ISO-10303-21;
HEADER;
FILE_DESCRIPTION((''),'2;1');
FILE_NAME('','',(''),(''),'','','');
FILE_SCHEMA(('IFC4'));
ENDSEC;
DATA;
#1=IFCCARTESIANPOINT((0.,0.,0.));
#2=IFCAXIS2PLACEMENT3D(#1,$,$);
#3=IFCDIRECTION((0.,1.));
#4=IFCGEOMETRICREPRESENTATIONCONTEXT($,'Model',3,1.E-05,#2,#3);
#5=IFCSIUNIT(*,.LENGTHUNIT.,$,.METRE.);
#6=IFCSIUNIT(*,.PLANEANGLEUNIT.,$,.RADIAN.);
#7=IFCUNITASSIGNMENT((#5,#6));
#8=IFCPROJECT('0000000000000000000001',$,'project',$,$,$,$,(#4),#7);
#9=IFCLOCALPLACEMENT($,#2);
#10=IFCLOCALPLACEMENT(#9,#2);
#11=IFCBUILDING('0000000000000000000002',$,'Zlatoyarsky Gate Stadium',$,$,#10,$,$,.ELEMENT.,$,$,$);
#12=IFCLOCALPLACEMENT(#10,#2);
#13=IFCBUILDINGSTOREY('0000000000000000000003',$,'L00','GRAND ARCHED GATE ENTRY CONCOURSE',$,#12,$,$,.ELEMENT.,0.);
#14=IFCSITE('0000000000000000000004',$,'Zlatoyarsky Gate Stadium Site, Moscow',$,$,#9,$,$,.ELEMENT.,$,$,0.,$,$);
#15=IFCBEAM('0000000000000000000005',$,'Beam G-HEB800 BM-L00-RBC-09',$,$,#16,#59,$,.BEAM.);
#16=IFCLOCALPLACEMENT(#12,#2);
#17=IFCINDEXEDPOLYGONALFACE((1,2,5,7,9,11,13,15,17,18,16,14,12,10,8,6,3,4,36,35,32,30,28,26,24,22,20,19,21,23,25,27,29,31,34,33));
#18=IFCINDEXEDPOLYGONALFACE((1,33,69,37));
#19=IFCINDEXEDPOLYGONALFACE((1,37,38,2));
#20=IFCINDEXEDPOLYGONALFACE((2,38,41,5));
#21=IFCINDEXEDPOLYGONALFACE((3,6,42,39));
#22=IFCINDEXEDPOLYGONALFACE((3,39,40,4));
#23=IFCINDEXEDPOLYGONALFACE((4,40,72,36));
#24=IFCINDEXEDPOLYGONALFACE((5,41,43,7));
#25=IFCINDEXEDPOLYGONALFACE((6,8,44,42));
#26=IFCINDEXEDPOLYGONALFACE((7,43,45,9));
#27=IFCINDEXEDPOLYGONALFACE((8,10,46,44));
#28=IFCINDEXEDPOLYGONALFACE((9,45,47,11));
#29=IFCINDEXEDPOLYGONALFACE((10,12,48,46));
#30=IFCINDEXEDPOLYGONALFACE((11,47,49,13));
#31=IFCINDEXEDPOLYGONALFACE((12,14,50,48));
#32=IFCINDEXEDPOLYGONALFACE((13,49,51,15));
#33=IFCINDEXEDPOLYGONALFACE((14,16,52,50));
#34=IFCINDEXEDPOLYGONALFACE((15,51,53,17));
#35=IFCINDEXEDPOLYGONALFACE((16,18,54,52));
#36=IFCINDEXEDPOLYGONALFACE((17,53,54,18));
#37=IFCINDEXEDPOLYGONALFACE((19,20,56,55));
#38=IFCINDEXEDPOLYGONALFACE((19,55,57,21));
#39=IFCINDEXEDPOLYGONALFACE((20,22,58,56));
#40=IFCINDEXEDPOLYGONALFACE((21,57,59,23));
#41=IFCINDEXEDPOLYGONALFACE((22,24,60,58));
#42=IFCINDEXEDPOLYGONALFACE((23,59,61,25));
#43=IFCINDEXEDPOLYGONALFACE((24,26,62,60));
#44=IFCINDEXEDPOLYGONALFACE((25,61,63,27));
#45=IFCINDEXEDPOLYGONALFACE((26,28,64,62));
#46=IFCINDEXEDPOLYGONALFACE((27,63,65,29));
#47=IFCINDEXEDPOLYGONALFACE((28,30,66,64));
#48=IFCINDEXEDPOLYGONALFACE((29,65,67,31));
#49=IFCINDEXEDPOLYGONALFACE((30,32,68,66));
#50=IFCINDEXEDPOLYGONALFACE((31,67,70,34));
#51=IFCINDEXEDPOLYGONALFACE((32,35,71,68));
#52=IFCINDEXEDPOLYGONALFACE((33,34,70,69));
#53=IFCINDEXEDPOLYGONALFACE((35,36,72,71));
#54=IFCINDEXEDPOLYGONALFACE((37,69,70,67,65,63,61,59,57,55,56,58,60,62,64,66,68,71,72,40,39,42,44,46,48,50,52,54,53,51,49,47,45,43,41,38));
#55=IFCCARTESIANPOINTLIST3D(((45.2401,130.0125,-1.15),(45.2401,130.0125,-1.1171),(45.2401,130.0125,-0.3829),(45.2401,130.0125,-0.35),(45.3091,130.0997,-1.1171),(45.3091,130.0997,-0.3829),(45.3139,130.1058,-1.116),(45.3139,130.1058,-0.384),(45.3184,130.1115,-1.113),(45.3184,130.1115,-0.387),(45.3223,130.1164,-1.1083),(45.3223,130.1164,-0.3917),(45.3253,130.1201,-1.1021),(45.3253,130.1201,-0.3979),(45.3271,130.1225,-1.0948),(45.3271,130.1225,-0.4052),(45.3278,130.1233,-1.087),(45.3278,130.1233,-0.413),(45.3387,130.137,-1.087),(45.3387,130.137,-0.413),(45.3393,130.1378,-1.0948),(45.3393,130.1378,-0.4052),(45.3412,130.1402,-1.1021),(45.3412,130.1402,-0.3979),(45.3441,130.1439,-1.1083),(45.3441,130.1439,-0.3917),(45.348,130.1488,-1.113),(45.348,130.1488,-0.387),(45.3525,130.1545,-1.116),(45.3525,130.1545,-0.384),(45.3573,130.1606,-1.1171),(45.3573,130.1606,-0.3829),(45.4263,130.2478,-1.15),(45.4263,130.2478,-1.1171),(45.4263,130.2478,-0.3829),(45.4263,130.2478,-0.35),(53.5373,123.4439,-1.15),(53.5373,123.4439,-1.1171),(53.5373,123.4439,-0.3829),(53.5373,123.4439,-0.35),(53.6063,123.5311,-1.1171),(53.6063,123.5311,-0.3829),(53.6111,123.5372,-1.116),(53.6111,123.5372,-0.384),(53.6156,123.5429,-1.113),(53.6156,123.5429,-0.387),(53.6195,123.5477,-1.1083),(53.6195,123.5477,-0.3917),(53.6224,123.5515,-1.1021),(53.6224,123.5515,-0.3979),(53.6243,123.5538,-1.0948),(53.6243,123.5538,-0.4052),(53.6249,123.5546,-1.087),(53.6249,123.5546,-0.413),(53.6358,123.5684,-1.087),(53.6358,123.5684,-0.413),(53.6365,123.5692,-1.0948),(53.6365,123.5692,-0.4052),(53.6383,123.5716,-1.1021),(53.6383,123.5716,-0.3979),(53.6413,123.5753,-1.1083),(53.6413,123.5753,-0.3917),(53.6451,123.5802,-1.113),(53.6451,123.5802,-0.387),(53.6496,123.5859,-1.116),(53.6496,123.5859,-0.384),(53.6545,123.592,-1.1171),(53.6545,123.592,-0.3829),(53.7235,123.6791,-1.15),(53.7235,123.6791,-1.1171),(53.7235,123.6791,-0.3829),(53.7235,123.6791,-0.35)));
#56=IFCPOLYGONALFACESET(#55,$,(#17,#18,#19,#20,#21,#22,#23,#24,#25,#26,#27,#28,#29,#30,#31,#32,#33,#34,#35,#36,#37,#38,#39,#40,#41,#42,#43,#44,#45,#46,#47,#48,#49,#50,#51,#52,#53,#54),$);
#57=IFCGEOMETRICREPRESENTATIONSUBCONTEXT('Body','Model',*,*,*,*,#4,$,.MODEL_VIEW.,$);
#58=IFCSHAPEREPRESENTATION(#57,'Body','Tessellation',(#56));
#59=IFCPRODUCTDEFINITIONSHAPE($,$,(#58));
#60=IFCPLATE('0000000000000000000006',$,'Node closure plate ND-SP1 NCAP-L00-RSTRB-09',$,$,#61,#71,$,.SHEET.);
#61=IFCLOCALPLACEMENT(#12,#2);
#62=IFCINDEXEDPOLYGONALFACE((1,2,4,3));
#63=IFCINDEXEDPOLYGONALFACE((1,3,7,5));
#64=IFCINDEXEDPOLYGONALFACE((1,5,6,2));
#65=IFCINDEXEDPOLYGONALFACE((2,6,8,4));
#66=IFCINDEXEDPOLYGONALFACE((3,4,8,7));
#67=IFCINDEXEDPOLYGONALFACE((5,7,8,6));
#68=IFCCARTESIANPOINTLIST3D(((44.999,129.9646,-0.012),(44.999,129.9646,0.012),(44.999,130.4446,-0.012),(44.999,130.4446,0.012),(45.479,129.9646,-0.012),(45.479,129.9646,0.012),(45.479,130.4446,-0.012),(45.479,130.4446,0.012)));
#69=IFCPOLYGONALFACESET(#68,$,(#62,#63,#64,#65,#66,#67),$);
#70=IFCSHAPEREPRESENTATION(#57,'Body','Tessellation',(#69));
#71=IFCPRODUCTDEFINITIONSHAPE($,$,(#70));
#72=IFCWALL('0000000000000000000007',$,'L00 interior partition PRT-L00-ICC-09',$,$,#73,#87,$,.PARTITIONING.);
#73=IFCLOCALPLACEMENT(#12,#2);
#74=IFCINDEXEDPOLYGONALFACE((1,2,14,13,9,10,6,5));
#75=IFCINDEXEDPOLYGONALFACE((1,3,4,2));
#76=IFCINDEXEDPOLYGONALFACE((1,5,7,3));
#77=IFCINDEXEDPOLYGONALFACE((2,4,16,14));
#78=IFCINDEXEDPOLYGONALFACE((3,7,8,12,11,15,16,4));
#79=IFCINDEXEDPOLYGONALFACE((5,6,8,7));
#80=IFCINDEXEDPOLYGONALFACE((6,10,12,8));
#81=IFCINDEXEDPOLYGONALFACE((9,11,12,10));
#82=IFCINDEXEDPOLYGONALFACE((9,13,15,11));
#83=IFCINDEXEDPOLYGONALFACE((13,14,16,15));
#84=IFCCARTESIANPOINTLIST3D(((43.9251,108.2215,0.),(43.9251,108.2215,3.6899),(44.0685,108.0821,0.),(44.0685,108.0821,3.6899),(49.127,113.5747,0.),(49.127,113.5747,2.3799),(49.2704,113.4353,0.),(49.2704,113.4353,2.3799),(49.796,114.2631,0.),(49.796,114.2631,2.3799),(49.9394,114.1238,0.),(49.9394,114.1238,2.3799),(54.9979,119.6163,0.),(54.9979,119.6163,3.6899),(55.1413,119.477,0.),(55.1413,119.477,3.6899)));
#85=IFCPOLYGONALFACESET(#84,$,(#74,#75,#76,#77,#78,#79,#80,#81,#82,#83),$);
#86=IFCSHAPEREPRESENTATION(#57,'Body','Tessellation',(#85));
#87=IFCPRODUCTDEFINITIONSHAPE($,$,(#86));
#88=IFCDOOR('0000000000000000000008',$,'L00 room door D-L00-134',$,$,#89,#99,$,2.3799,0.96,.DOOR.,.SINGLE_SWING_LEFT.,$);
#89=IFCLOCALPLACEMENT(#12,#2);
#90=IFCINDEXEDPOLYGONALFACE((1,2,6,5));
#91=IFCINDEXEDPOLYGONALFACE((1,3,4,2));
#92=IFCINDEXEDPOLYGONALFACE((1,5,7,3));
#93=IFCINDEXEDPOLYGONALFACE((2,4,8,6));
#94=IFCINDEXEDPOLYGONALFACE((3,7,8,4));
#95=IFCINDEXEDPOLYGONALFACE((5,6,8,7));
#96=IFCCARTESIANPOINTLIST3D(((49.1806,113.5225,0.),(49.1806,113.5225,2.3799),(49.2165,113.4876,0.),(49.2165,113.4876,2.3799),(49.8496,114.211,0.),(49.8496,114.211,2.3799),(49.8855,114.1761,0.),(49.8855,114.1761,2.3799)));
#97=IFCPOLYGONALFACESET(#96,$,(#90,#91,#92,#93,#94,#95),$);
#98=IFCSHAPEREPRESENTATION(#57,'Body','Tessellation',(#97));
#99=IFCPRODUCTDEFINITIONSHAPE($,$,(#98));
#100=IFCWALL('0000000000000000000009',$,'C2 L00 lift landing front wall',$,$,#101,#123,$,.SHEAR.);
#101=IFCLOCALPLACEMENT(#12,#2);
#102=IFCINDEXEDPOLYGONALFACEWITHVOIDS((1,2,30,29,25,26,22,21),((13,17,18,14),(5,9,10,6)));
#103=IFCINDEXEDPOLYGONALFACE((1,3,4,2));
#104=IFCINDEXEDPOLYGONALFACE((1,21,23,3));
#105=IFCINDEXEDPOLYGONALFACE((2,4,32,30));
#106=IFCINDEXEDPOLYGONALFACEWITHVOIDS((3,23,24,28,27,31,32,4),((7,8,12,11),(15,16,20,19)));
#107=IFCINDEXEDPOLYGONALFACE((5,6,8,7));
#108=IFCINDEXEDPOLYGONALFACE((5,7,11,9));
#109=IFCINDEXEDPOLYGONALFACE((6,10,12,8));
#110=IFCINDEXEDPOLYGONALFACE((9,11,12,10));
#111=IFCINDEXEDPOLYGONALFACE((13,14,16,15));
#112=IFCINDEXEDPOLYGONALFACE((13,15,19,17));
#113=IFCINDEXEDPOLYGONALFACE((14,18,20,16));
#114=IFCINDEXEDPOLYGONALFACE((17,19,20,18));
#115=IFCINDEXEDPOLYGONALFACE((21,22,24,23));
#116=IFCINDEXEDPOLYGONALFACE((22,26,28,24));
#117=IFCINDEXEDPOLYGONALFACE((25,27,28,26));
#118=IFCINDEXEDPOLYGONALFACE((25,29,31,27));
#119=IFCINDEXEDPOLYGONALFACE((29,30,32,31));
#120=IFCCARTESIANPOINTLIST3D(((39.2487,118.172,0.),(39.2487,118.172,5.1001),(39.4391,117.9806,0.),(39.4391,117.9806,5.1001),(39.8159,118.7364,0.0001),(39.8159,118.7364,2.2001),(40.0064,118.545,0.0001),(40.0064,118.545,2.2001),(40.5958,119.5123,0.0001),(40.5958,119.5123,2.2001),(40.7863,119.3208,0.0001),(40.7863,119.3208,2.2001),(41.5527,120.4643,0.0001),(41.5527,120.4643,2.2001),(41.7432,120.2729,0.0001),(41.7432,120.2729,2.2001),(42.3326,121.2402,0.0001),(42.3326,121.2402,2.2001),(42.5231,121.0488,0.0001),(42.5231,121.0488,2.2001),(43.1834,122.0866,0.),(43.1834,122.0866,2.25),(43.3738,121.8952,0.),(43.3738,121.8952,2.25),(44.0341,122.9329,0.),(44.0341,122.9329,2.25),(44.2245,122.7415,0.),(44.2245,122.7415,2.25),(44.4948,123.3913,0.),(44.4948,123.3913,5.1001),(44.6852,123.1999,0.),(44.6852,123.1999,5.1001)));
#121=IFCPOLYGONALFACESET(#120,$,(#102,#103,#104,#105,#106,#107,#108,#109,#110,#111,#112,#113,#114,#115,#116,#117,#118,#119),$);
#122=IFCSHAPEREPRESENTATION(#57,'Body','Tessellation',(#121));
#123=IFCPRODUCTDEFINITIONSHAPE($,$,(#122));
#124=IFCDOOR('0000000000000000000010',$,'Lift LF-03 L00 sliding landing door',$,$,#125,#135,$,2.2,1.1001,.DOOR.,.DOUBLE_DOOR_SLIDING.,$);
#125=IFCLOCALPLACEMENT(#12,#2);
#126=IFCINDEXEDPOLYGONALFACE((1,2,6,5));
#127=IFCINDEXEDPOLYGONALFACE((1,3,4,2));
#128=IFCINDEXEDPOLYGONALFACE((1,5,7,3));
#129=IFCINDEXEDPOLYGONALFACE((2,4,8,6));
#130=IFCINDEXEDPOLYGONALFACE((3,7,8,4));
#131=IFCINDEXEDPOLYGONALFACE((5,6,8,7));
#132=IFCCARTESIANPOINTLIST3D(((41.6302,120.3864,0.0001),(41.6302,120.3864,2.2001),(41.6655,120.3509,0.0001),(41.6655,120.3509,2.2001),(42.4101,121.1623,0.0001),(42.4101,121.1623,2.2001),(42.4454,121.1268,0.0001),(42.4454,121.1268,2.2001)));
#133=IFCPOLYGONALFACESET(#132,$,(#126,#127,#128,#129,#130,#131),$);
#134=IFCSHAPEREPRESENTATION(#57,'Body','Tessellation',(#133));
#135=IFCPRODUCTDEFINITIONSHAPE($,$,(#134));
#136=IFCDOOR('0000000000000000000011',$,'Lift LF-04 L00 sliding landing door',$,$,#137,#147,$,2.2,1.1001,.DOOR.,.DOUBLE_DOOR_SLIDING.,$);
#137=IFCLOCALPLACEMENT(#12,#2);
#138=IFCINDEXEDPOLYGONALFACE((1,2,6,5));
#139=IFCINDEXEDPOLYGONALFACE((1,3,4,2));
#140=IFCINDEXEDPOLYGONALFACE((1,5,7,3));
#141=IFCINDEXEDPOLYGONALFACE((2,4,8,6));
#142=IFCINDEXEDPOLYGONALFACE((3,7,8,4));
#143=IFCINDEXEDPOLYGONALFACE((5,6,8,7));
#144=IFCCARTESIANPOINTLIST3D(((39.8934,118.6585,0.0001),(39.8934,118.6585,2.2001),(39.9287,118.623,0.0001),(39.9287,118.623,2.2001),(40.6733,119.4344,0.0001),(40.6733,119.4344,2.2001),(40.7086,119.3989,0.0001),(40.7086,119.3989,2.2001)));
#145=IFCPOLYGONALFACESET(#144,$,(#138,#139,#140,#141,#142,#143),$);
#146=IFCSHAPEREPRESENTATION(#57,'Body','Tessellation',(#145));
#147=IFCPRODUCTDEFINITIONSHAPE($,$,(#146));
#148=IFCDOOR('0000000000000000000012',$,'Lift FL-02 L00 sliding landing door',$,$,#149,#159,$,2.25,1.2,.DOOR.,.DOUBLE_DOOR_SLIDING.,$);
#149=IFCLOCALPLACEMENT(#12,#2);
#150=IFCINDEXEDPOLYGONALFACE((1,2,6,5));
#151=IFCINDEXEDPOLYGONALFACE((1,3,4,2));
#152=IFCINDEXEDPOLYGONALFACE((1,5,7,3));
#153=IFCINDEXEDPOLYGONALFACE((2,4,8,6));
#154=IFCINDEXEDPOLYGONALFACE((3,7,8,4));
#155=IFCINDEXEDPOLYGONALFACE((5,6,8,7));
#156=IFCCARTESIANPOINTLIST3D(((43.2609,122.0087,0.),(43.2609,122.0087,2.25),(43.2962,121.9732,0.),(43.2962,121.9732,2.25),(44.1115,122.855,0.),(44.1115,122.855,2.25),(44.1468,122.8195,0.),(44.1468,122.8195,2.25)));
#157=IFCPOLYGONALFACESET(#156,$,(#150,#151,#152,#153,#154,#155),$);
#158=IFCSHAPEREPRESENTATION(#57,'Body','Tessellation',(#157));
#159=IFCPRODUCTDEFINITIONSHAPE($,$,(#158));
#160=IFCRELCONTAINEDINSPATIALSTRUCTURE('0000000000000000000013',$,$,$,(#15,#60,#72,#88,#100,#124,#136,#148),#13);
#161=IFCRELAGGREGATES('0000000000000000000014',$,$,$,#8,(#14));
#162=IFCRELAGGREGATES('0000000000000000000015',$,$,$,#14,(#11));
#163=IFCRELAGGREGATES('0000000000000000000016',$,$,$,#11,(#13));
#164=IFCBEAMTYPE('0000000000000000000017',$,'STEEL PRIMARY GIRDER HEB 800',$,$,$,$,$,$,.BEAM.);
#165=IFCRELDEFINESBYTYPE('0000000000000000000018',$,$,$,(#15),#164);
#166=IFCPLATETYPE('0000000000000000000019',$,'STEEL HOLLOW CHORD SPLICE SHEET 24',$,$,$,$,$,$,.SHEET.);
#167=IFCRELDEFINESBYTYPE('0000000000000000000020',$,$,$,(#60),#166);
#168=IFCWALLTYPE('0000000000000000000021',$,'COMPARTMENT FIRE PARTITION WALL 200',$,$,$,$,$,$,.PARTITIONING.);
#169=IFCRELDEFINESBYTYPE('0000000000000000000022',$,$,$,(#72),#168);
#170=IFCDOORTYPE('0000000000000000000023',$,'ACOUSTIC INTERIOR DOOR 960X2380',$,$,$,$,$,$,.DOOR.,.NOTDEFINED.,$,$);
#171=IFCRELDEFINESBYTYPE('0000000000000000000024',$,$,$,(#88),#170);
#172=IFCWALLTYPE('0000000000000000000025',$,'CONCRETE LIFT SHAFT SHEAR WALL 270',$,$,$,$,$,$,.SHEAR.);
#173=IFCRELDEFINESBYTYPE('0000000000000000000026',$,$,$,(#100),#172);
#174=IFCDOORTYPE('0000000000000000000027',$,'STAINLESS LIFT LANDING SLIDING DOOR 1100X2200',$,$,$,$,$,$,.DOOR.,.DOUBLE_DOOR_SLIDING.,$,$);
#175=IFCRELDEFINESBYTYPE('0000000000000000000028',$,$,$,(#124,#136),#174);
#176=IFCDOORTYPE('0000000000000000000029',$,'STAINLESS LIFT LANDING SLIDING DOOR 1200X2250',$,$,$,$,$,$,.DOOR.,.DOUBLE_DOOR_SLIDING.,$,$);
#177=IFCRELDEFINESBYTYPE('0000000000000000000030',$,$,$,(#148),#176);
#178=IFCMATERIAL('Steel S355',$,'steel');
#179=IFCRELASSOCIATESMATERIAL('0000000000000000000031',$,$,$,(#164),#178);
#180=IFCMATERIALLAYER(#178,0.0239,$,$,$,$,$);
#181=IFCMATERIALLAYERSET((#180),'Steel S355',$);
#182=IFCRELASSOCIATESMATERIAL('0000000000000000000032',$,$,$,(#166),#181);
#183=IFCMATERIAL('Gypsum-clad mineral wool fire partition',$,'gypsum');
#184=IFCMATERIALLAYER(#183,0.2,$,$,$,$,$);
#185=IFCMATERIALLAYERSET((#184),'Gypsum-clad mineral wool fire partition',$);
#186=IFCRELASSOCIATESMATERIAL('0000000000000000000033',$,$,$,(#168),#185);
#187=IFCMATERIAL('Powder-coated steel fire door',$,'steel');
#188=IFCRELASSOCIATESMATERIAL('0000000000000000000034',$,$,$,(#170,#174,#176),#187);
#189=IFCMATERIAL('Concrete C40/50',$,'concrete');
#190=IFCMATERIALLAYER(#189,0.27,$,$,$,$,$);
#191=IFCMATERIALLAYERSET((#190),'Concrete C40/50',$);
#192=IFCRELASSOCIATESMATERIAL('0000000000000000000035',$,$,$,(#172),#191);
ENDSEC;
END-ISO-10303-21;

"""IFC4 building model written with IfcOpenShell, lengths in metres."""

from ifc_helpers import new_model, si_unit, direction, frame, frame_2d, origin, origin_2d, place, context, subcontext, project, spatial, rectangle, i_section, extrude, material, layer, layer_set, material_profile, profile_set, type_object, element, fill, save


model = new_model("IFC4")

# Units and contexts
model_context = context("Model", 3, precision=1e-05, world=origin(), true_north=direction((0.0, 1.0)))
body_context = subcontext(model_context, "Body", "Model", "MODEL_VIEW")
ifc_project = project(units=[si_unit("LENGTHUNIT", "METRE"), si_unit("PLANEANGLEUNIT", "RADIAN")], contexts=[model_context])

# Site, building, storey
site_placement = place(None, origin())
site = spatial("IfcSite", under=ifc_project, at=site_placement, Name="Zlatoyarsky Gate Stadium Site, Moscow", CompositionType="ELEMENT", RefElevation=0.0)
building_placement = place(site_placement, origin())
building = spatial("IfcBuilding", under=site, at=building_placement, Name="Zlatoyarsky Gate Stadium", CompositionType="ELEMENT")
storey_placement = place(building_placement, origin())
storey = spatial("IfcBuildingStorey", under=building, at=storey_placement, Name="L00", Description="GRAND ARCHED GATE ENTRY CONCOURSE", CompositionType="ELEMENT", Elevation=0.0)

# Shared definitions
ifc_material_1 = material(Name="Concrete C40/50", Category="concrete")

# Shared definitions
ifc_material_2 = material(Name="Steel S355", Category="steel")

# Beam
ifc_material_profile_1 = material_profile(ifc_material_2, i_section(OverallWidth=0.3, OverallDepth=0.8, WebThickness=0.0176, FlangeThickness=0.033, FilletRadius=0.03, at=origin_2d()), Name="HEB 800")
ifc_profile_set_1 = profile_set([ifc_material_profile_1], Name="Steel S355")
beam_type_1 = type_object("IfcBeamType", Name="STEEL PRIMARY GIRDER HEB 800", PredefinedType="BEAM", material=ifc_profile_set_1)
beam_1_placement = place(storey_placement, frame((53.6304, 123.5615, -0.75), z_axis=(-0.784043, 0.620706, 0.0), x_axis=(-0.620706, -0.784043, 0.0)))
element("IfcBeam", 1, at=beam_1_placement, inside=storey, type_object=beam_type_1, Name="Beam G-HEB800 BM-L00-RBC-09", PredefinedType="BEAM", context=body_context, shape_type="SweptSolid", body=[
    extrude(i_section(OverallWidth=0.3, OverallDepth=0.8, WebThickness=0.0176, FlangeThickness=0.033, FilletRadius=0.03, at=origin_2d()), origin(), (0.0, 0.0, 1.0), 10.5825),
])

# Plate
ifc_layer_1 = layer(ifc_material_2, 0.0239)
ifc_layer_set_1 = layer_set([ifc_layer_1], Name="Steel S355")
plate_type = type_object("IfcPlateType", Name="STEEL HOLLOW CHORD SPLICE SHEET 24", PredefinedType="SHEET", material=ifc_layer_set_1)
plate_placement = place(storey_placement, frame((45.239, 130.2046, -0.012), z_axis=(0.0, 0.0, 1.0), x_axis=(1.0, 0.0, 0.0)))
element("IfcPlate", 2, at=plate_placement, inside=storey, type_object=plate_type, Name="Node closure plate ND-SP1 NCAP-L00-RSTRB-09", PredefinedType="SHEET", context=body_context, shape_type="SweptSolid", body=[
    extrude(rectangle(XDim=0.48, YDim=0.48, at=origin_2d()), origin(), (0.0, 0.0, 1.0), 0.0239),
])

# Wall, opening, door
ifc_material_3 = material(Name="Gypsum-clad mineral wool fire partition", Category="gypsum")
ifc_layer_2 = layer(ifc_material_3, 0.2)
ifc_layer_set_2 = layer_set([ifc_layer_2], Name="Gypsum-clad mineral wool fire partition")
wall_type_1 = type_object("IfcWallType", Name="COMPARTMENT FIRE PARTITION WALL 200", PredefinedType="PARTITIONING", material=ifc_layer_set_2)
wall_1_placement = place(storey_placement, frame((55.0696, 119.5466, 0.0), z_axis=(0.0, 0.0, 1.0), x_axis=(-0.6969, -0.717168, 0.0)))
wall_1 = element("IfcWall", 3, at=wall_1_placement, inside=storey, type_object=wall_type_1, Name="L00 interior partition PRT-L00-ICC-09", PredefinedType="PARTITIONING", context=body_context, shape_type="SweptSolid", body=[
    extrude(rectangle(XDim=15.8887, YDim=0.2, at=frame_2d((7.9443, 0.0))), origin(), (0.0, 0.0, 1.0), 3.6899),
])
opening_1_placement = place(wall_1_placement, frame((7.4644, 0.0, 0.0)))
opening_1 = element("IfcOpeningElement", 4, at=opening_1_placement, cuts=wall_1, PredefinedType="OPENING", context=body_context, shape_type="SweptSolid", body=[
    extrude(rectangle(XDim=0.96, YDim=2.3799, at=frame_2d((0.48, 1.1899))), frame((0.0, 0.1099, 0.0), z_axis=(0.0, -1.0, 0.0), x_axis=(1.0, 0.0, 0.0)), (0.0, 0.0, 1.0), 0.22),
])
ifc_material_4 = material(Name="Powder-coated steel fire door", Category="steel")
door_type_1 = type_object("IfcDoorType", Name="ACOUSTIC INTERIOR DOOR 960X2380", OperationType="NOTDEFINED", PredefinedType="DOOR", material=ifc_material_4)
door_1_placement = place(opening_1_placement, origin())
door_1 = element("IfcDoor", 5, at=door_1_placement, inside=storey, type_object=door_type_1, Name="L00 room door D-L00-134", OperationType="SINGLE_SWING_LEFT", OverallHeight=2.3799, OverallWidth=0.96, PredefinedType="DOOR", context=body_context, shape_type="SweptSolid", body=[
    extrude(rectangle(XDim=0.96, YDim=2.3799, at=frame_2d((0.48, 1.1899))), frame((0.0, 0.0249, 0.0), z_axis=(0.0, -1.0, 0.0), x_axis=(1.0, 0.0, 0.0)), (0.0, 0.0, 1.0), 0.05),
])
fill(opening_1, door_1)

# Wall, openings, doors
ifc_layer_3 = layer(ifc_material_1, 0.27)
ifc_layer_set_3 = layer_set([ifc_layer_3], Name="Concrete C40/50")
wall_type_2 = type_object("IfcWallType", Name="CONCRETE LIFT SHAFT SHEAR WALL 270", PredefinedType="SHEAR", material=ifc_layer_set_3)
wall_2_placement = place(storey_placement, frame((44.5901, 123.2957, 0.0), z_axis=(0.0, 0.0, 1.0), x_axis=(-0.708919, -0.70529, 0.0)))
wall_2 = element("IfcWall", 6, at=wall_2_placement, inside=storey, type_object=wall_type_2, Name="C2 L00 lift landing front wall", PredefinedType="SHEAR", context=body_context, shape_type="SweptSolid", body=[
    extrude(rectangle(XDim=7.4001, YDim=0.27, at=frame_2d((3.7002, 0.0))), origin(), (0.0, 0.0, 1.0), 5.1001),
])
opening_2_placement = place(wall_2_placement, frame((0.6499, 0.0, 0.0)))
opening_2 = element("IfcOpeningElement", 7, at=opening_2_placement, cuts=wall_2, PredefinedType="OPENING", context=body_context, shape_type="SweptSolid", body=[
    extrude(rectangle(XDim=1.2, YDim=2.25, at=frame_2d((0.6001, 1.125))), frame((0.0, 0.145, 0.0), z_axis=(0.0, -1.0, 0.0), x_axis=(1.0, 0.0, 0.0)), (0.0, 0.0, 1.0), 0.29),
])
opening_3_placement = place(wall_2_placement, frame((3.05, 0.0, 0.0)))
opening_3 = element("IfcOpeningElement", 8, at=opening_3_placement, cuts=wall_2, PredefinedType="OPENING", context=body_context, shape_type="SweptSolid", body=[
    extrude(rectangle(XDim=1.1001, YDim=2.2, at=frame_2d((0.55, 1.1001))), frame((0.0, 0.145, 0.0), z_axis=(0.0, -1.0, 0.0), x_axis=(1.0, 0.0, 0.0)), (0.0, 0.0, 1.0), 0.29),
])
opening_4_placement = place(wall_2_placement, frame((5.5, 0.0, 0.0)))
opening_4 = element("IfcOpeningElement", 9, at=opening_4_placement, cuts=wall_2, PredefinedType="OPENING", context=body_context, shape_type="SweptSolid", body=[
    extrude(rectangle(XDim=1.1001, YDim=2.2, at=frame_2d((0.55, 1.1001))), frame((0.0, 0.145, 0.0), z_axis=(0.0, -1.0, 0.0), x_axis=(1.0, 0.0, 0.0)), (0.0, 0.0, 1.0), 0.29),
])
door_type_2 = type_object("IfcDoorType", Name="STAINLESS LIFT LANDING SLIDING DOOR 1100X2200", OperationType="DOUBLE_DOOR_SLIDING", PredefinedType="DOOR", material=ifc_material_4)
door_2_placement = place(opening_3_placement, origin())
door_2 = element("IfcDoor", 10, at=door_2_placement, inside=storey, type_object=door_type_2, Name="Lift LF-03 L00 sliding landing door", OperationType="DOUBLE_DOOR_SLIDING", OverallHeight=2.2, OverallWidth=1.1001, PredefinedType="DOOR", context=body_context, shape_type="SweptSolid", body=[
    extrude(rectangle(XDim=1.1001, YDim=2.2, at=frame_2d((0.55, 1.1001))), frame((0.0, 0.0249, 0.0), z_axis=(0.0, -1.0, 0.0), x_axis=(1.0, 0.0, 0.0)), (0.0, 0.0, 1.0), 0.05),
])
fill(opening_3, door_2)
door_3_placement = place(opening_4_placement, origin())
door_3 = element("IfcDoor", 11, at=door_3_placement, inside=storey, type_object=door_type_2, Name="Lift LF-04 L00 sliding landing door", OperationType="DOUBLE_DOOR_SLIDING", OverallHeight=2.2, OverallWidth=1.1001, PredefinedType="DOOR", context=body_context, shape_type="SweptSolid", body=[
    extrude(rectangle(XDim=1.1001, YDim=2.2, at=frame_2d((0.55, 1.1001))), frame((0.0, 0.0249, 0.0), z_axis=(0.0, -1.0, 0.0), x_axis=(1.0, 0.0, 0.0)), (0.0, 0.0, 1.0), 0.05),
])
fill(opening_4, door_3)
door_type_3 = type_object("IfcDoorType", Name="STAINLESS LIFT LANDING SLIDING DOOR 1200X2250", OperationType="DOUBLE_DOOR_SLIDING", PredefinedType="DOOR", material=ifc_material_4)
door_4_placement = place(opening_2_placement, origin())
door_4 = element("IfcDoor", 12, at=door_4_placement, inside=storey, type_object=door_type_3, Name="Lift FL-02 L00 sliding landing door", OperationType="DOUBLE_DOOR_SLIDING", OverallHeight=2.25, OverallWidth=1.2, PredefinedType="DOOR", context=body_context, shape_type="SweptSolid", body=[
    extrude(rectangle(XDim=1.2, YDim=2.25, at=frame_2d((0.6001, 1.125))), frame((0.0, 0.0249, 0.0), z_axis=(0.0, -1.0, 0.0), x_axis=(1.0, 0.0, 0.0)), (0.0, 0.0, 1.0), 0.05),
])
fill(opening_2, door_4)

save(model, "model.ifc")
